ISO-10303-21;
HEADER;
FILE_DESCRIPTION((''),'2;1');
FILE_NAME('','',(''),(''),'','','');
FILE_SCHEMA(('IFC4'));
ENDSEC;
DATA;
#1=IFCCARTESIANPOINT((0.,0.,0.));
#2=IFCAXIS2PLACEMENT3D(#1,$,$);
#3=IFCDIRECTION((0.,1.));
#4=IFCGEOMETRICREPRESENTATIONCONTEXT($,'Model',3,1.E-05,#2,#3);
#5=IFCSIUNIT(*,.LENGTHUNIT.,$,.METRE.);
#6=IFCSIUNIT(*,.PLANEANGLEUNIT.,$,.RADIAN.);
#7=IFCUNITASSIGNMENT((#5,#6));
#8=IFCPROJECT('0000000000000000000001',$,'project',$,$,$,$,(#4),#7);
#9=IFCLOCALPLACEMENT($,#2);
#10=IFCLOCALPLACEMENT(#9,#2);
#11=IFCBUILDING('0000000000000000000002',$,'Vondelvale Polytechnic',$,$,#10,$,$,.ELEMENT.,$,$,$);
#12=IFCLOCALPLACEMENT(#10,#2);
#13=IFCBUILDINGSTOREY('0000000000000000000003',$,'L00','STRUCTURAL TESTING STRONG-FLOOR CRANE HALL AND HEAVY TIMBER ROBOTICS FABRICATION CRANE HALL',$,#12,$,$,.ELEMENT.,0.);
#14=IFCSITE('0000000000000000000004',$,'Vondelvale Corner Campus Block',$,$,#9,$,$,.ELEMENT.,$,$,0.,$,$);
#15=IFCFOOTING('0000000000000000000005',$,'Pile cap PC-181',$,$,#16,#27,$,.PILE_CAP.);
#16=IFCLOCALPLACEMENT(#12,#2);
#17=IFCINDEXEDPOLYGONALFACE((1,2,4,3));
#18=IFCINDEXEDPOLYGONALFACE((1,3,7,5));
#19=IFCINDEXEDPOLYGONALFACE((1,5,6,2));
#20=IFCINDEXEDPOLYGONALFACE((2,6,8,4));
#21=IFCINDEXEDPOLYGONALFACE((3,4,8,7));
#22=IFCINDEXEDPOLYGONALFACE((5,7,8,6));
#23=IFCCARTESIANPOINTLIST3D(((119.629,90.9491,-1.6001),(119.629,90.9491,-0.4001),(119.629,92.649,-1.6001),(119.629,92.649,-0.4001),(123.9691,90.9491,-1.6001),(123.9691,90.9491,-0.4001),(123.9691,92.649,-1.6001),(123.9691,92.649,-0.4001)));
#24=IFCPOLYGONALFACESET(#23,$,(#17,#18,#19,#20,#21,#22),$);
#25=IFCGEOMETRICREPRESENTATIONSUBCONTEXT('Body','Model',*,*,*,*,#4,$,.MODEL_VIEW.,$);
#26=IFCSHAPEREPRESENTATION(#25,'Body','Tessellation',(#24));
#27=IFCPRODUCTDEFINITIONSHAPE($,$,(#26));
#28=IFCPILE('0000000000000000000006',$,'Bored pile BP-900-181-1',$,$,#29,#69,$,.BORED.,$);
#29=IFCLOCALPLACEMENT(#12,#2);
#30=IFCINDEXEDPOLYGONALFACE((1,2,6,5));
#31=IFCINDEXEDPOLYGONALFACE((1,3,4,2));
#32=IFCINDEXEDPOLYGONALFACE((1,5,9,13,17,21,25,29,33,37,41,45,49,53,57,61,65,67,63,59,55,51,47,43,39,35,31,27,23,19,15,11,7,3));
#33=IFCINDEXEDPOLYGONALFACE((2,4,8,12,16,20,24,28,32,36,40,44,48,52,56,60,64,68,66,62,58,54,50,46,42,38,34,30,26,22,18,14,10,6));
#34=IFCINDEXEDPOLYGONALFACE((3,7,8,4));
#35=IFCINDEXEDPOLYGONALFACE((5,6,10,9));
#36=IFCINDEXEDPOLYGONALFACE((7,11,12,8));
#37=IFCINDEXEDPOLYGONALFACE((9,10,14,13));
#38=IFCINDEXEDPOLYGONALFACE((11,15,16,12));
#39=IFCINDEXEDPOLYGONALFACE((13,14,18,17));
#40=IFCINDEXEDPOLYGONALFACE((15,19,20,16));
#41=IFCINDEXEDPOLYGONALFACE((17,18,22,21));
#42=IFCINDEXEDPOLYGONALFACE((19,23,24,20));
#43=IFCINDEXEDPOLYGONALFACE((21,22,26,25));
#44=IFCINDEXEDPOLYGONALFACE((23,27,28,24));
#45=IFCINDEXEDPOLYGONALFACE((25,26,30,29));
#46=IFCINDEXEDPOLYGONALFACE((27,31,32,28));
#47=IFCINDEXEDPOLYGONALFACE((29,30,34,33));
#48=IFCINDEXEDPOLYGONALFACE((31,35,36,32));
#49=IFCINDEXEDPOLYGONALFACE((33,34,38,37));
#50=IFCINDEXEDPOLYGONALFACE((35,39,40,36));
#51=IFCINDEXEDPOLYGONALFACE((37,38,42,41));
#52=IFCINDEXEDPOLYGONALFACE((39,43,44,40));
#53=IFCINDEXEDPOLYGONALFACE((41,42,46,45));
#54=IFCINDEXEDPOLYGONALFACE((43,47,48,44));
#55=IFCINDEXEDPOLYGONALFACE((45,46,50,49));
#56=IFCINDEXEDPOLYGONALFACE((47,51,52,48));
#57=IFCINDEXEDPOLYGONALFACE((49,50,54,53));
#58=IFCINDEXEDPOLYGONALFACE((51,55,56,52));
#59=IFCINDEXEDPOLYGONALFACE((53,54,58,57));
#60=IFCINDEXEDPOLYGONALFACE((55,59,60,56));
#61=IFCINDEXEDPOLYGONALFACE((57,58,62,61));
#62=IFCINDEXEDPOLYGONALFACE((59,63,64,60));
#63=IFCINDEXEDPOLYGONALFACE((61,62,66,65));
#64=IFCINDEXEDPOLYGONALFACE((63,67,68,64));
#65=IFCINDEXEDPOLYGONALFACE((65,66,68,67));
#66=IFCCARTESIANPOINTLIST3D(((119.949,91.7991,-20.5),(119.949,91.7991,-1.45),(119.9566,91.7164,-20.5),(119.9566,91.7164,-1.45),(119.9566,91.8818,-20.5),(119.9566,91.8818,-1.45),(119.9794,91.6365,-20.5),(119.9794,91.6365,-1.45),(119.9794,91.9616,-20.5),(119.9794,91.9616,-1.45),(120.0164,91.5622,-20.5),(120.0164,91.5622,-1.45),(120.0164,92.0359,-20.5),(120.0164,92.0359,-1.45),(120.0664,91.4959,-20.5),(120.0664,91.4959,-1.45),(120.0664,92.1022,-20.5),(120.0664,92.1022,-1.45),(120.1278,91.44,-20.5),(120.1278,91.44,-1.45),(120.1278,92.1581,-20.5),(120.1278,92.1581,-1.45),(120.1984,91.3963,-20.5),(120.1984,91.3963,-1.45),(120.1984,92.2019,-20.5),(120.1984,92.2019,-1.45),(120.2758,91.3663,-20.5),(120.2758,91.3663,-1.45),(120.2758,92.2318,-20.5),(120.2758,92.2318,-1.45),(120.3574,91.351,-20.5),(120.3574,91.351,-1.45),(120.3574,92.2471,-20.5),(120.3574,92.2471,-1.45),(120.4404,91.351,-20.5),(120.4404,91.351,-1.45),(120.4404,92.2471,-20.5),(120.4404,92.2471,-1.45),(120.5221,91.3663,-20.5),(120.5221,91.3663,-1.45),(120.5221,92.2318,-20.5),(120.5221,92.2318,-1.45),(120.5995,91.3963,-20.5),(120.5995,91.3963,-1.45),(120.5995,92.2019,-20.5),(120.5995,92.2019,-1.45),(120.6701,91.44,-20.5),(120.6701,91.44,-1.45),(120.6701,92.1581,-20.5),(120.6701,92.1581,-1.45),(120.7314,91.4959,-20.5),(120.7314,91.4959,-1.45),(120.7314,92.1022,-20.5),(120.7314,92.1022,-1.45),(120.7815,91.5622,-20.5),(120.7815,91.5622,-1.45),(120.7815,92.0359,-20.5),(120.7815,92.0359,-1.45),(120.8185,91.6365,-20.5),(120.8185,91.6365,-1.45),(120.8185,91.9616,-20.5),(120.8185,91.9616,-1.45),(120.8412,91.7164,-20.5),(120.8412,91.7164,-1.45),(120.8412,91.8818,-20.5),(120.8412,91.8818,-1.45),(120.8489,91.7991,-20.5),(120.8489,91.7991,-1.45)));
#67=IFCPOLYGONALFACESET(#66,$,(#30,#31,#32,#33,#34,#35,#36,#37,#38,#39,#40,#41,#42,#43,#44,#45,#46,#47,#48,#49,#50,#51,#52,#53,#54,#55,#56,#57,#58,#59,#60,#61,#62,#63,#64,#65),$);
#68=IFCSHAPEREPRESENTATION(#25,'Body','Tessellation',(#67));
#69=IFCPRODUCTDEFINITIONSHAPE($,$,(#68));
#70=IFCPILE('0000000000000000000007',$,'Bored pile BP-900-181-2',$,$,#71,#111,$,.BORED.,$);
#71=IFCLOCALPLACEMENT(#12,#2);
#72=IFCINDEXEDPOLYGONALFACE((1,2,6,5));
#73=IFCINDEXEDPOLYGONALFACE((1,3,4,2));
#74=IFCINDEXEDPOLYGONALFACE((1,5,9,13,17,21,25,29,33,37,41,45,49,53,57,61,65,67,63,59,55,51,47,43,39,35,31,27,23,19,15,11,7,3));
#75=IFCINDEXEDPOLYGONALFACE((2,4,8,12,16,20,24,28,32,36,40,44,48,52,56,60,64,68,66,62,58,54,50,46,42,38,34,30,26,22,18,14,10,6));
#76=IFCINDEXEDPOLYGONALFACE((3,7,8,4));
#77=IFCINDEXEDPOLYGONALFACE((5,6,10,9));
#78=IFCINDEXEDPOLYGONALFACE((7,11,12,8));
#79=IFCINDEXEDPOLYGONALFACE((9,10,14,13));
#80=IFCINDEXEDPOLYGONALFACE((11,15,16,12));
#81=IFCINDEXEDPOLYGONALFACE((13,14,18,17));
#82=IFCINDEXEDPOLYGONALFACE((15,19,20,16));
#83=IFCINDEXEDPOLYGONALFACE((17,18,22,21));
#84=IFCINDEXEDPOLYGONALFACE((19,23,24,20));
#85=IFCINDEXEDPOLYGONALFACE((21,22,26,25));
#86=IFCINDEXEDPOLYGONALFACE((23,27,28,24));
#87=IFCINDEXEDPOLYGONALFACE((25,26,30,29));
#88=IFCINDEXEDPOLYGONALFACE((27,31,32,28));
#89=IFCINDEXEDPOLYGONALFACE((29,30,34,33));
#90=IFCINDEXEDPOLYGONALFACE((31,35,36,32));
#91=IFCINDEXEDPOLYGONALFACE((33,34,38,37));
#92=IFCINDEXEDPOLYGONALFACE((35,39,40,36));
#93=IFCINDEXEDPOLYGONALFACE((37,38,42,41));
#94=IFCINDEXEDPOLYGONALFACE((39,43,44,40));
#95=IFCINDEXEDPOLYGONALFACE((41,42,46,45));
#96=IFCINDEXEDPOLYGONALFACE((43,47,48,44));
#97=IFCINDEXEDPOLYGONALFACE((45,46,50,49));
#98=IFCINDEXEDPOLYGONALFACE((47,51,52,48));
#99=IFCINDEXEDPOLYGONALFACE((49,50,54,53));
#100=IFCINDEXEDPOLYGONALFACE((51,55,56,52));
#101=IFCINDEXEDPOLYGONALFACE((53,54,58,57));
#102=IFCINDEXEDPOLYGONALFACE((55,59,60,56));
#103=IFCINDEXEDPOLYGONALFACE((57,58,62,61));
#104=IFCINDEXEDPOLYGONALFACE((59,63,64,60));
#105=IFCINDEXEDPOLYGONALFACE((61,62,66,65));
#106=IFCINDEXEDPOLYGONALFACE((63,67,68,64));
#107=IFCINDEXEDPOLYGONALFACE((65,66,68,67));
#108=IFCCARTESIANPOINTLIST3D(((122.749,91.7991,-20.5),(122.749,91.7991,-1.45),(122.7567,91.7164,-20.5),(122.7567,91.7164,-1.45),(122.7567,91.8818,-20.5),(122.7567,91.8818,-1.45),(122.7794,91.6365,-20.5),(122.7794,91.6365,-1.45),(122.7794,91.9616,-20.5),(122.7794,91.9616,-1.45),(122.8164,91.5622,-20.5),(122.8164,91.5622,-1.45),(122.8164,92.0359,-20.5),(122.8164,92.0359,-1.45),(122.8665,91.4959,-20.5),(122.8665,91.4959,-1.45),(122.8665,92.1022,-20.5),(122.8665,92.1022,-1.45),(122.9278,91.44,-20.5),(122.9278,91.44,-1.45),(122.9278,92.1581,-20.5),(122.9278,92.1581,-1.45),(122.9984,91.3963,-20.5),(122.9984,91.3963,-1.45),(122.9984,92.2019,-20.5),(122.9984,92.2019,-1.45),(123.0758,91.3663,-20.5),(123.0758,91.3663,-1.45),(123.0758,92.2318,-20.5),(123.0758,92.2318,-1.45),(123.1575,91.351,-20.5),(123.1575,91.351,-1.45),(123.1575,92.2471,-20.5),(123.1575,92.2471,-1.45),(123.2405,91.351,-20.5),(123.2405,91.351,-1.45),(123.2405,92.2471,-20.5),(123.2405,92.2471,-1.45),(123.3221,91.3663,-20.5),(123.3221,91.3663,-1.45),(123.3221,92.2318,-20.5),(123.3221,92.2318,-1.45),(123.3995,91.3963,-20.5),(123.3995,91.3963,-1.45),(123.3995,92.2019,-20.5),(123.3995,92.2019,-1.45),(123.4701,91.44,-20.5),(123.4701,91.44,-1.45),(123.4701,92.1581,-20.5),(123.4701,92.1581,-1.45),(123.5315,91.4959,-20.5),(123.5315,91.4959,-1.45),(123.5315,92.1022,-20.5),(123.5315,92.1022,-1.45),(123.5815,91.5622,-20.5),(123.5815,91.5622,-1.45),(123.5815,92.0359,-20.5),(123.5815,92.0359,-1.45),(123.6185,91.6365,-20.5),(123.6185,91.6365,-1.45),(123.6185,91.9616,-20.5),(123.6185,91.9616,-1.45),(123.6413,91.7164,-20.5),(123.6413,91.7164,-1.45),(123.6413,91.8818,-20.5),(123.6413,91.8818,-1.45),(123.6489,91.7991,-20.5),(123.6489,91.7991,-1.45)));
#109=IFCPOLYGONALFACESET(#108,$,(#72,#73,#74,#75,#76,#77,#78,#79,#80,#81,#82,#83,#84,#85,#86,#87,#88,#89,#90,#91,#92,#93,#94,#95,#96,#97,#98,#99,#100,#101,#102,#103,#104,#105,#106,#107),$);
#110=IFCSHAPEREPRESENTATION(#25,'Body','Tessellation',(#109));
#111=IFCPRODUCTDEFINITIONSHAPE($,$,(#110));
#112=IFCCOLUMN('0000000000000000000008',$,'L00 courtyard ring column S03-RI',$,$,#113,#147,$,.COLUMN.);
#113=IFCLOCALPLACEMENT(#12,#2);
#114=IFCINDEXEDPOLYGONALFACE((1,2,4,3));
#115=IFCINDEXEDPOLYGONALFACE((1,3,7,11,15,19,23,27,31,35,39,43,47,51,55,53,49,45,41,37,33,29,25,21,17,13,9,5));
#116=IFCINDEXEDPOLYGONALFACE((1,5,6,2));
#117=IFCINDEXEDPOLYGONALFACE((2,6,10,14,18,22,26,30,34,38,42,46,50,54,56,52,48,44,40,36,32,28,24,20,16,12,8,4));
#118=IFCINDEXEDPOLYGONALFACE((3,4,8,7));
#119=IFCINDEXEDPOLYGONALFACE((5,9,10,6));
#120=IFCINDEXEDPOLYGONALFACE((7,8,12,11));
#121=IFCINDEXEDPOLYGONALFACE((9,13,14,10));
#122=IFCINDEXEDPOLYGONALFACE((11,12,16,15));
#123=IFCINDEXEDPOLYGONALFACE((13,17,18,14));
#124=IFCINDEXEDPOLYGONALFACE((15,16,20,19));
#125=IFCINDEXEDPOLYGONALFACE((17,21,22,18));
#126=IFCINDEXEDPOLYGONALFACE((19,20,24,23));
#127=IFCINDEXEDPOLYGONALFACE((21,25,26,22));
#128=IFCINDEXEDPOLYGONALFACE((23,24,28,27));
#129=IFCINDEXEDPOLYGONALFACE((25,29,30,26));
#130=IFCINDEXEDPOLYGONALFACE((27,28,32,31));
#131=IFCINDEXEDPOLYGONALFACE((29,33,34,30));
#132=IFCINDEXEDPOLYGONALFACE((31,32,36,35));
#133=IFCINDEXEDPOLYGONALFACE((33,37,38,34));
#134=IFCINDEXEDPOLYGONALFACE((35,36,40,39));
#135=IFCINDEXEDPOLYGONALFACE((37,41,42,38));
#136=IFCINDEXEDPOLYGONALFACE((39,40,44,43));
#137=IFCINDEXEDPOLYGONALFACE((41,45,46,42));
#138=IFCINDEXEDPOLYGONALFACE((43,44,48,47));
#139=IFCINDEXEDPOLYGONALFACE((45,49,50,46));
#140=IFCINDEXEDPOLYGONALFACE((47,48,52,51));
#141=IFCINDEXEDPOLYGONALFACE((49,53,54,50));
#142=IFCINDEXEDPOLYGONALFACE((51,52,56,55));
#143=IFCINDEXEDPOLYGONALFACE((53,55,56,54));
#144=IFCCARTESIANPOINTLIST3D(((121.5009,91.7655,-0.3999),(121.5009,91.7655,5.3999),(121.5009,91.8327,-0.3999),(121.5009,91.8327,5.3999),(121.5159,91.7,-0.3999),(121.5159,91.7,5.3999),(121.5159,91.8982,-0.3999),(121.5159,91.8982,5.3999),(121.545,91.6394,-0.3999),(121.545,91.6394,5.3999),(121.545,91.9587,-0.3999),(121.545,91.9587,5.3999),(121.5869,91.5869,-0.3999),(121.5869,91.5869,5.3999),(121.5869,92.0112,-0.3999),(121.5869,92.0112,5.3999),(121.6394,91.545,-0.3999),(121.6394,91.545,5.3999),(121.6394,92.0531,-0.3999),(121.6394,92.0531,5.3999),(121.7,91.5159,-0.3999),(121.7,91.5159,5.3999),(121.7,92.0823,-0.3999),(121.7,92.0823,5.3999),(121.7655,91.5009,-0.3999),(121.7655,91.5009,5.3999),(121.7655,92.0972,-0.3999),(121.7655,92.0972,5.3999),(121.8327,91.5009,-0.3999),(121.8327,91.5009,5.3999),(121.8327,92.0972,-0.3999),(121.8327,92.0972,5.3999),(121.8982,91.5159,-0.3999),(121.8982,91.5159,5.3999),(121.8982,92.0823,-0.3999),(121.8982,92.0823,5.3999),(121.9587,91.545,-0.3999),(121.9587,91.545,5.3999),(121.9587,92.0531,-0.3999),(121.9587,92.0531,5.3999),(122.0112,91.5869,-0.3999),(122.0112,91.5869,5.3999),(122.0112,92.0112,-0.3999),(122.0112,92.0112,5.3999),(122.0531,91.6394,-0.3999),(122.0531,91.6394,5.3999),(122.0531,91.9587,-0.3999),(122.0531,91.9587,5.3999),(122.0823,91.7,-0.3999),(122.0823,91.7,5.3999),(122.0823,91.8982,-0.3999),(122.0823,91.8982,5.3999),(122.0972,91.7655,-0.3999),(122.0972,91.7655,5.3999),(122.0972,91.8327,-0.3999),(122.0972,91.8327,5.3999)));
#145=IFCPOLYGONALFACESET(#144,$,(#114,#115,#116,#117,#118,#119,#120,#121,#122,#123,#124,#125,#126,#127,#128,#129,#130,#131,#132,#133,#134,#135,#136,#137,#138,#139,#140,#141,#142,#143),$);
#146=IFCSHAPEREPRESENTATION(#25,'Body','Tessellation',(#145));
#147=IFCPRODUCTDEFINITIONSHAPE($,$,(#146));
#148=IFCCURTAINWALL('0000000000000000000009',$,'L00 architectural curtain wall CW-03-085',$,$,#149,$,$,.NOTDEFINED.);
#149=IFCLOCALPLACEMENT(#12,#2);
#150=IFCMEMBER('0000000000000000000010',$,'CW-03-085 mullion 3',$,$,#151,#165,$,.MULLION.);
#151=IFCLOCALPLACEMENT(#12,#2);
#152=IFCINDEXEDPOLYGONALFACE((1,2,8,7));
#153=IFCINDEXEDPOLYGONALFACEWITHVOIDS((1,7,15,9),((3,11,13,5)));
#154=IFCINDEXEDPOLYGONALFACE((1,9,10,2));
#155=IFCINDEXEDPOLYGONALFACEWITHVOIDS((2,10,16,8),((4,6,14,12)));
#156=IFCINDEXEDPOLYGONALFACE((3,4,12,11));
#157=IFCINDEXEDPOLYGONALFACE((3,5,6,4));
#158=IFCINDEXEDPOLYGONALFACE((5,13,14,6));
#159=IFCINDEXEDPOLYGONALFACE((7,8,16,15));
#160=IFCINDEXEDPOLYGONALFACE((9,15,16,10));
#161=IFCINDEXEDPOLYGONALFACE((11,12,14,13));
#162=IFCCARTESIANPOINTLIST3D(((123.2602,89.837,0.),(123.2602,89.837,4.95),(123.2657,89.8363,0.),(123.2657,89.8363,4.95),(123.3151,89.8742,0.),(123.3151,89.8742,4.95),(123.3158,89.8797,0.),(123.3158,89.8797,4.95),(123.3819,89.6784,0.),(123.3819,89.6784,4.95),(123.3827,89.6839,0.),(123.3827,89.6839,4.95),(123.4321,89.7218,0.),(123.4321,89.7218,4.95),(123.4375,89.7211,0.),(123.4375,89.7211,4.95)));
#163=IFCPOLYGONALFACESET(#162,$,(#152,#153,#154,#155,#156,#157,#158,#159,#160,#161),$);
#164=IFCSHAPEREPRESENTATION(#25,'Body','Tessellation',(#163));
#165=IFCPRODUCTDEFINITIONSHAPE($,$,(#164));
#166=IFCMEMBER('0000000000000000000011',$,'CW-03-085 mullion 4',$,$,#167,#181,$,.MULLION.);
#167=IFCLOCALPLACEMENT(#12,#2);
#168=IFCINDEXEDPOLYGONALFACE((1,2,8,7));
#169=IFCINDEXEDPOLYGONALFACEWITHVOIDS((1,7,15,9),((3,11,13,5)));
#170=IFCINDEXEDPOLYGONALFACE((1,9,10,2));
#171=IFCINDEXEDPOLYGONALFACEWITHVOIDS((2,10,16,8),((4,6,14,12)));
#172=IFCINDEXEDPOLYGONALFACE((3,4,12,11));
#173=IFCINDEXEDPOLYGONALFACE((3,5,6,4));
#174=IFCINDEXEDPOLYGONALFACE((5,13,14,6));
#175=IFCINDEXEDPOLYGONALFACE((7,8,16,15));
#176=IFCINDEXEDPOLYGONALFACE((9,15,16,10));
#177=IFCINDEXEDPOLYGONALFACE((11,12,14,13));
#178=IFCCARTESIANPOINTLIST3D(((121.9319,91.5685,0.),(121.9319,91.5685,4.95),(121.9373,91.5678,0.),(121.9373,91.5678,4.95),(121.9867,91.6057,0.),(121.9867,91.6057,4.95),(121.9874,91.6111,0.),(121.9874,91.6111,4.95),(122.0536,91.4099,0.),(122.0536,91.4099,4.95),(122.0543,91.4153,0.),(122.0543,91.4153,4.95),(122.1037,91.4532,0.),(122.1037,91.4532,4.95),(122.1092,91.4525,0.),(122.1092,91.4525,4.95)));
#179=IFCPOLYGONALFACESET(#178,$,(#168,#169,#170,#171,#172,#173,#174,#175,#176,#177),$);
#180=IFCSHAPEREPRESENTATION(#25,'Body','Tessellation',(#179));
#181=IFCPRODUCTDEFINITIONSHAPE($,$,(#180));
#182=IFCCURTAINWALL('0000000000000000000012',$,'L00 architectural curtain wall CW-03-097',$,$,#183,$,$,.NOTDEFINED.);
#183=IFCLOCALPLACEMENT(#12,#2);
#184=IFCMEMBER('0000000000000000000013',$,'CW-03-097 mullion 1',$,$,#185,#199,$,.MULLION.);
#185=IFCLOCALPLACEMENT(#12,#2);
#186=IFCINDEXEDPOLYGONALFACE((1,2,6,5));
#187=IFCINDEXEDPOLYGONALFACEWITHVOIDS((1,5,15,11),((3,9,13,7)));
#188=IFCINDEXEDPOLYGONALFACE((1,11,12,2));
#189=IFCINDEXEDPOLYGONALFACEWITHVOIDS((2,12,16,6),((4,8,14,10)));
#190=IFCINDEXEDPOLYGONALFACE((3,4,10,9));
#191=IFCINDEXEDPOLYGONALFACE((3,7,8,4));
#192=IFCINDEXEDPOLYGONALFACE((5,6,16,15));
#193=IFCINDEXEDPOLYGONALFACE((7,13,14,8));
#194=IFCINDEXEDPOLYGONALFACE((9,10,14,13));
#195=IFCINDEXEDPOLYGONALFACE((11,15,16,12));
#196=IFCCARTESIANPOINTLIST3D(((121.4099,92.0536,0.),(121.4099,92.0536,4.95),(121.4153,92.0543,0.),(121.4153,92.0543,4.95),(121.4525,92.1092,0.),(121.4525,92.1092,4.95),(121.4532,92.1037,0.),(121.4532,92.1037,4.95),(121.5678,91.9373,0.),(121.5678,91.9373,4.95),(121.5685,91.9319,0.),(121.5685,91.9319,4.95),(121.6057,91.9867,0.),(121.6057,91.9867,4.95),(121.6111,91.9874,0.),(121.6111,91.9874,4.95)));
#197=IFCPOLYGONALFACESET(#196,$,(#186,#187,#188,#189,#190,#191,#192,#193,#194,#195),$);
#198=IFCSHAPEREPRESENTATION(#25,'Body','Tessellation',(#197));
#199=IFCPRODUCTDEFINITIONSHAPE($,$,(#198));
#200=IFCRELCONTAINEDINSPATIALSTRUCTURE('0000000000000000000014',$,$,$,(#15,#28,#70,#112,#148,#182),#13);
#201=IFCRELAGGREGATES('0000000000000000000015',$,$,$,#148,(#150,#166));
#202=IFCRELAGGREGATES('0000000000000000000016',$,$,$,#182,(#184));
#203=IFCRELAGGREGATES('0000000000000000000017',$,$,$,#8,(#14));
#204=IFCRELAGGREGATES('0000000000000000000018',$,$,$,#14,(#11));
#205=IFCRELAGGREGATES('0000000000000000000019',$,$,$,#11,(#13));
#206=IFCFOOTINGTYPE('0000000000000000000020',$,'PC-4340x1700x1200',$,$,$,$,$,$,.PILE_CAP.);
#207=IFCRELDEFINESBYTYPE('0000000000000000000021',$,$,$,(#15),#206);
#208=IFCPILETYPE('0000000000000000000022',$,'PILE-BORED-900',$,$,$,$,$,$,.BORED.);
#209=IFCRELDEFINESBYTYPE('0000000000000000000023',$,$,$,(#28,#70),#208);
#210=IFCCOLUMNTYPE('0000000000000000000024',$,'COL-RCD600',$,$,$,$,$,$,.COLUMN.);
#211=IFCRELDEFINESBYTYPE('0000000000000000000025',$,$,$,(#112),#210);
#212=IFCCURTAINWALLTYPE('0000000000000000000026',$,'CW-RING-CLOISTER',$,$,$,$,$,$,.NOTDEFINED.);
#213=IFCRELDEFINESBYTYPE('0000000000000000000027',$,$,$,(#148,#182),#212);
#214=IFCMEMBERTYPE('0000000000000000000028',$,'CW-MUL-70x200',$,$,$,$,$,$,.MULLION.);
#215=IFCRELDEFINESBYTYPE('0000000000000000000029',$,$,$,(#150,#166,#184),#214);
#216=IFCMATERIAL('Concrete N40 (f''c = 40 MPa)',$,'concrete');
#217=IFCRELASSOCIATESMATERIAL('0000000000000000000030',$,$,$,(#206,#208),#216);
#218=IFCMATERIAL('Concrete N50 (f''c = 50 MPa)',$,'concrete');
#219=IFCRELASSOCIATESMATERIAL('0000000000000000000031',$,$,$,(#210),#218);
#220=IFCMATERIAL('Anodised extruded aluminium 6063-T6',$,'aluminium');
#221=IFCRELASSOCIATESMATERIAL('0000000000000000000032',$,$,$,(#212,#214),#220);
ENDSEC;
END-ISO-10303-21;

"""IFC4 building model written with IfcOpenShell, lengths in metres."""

from ifc_helpers import new_model, si_unit, direction, frame, origin, origin_2d, place, context, subcontext, project, spatial, rectangle, hollow_rectangle, circle, extrude, material, material_profile, profile_set, type_object, element, aggregate, save


model = new_model("IFC4")

# Units and contexts
model_context = context("Model", 3, precision=1e-05, world=origin(), true_north=direction((0.0, 1.0)))
body_context = subcontext(model_context, "Body", "Model", "MODEL_VIEW")
ifc_project = project(units=[si_unit("LENGTHUNIT", "METRE"), si_unit("PLANEANGLEUNIT", "RADIAN")], contexts=[model_context])

# Site, building, storey
site_placement = place(None, origin())
site = spatial("IfcSite", under=ifc_project, at=site_placement, Name="Vondelvale Corner Campus Block", CompositionType="ELEMENT", RefElevation=0.0)
building_placement = place(site_placement, origin())
building = spatial("IfcBuilding", under=site, at=building_placement, Name="Vondelvale Polytechnic", CompositionType="ELEMENT")
storey_placement = place(building_placement, origin())
storey = spatial("IfcBuildingStorey", under=building, at=storey_placement, Name="L00", Description="STRUCTURAL TESTING STRONG-FLOOR CRANE HALL AND HEAVY TIMBER ROBOTICS FABRICATION CRANE HALL", CompositionType="ELEMENT", Elevation=0.0)

# Footing
ifc_material_1 = material(Name="Concrete N40 (f'c = 40 MPa)", Category="concrete")
footing_type = type_object("IfcFootingType", Name="PC-4340x1700x1200", PredefinedType="PILE_CAP", material=ifc_material_1)
footing_placement = place(storey_placement, frame((121.7991, 91.7991, -1.6001), z_axis=(0.0, 0.0, 1.0), x_axis=(1.0, 0.0, 0.0)))
element("IfcFooting", 1, at=footing_placement, inside=storey, type_object=footing_type, Name="Pile cap PC-181", PredefinedType="PILE_CAP", context=body_context, shape_type="SweptSolid", body=[
    extrude(rectangle(XDim=4.3401, YDim=1.7, at=origin_2d()), origin(), (0.0, 0.0, 1.0), 1.2),
])

# Piles
ifc_material_profile_1 = material_profile(ifc_material_1, circle(Radius=0.45, at=origin_2d()), Name="PILE-D900")
ifc_profile_set_1 = profile_set([ifc_material_profile_1], Name="Concrete N40 (f'c = 40 MPa)")
pile_type = type_object("IfcPileType", Name="PILE-BORED-900", PredefinedType="BORED", material=ifc_profile_set_1)
for number, where, z_axis, x_axis, name in (
    (2, (120.3989, 91.7991, -1.45), (0.0, 0.0, -1.0), (1.0, 0.0, 0.0), "Bored pile BP-900-181-1"),
    (3, (123.199, 91.7991, -1.45), (0.0, 0.0, -1.0), (1.0, 0.0, 0.0), "Bored pile BP-900-181-2"),
):
    element("IfcPile", number, at=place(storey_placement, frame(where, z_axis=z_axis, x_axis=x_axis)), inside=storey, type_object=pile_type, Name=name, PredefinedType="BORED", context=body_context, shape_type="SweptSolid", body=[
        extrude(circle(Radius=0.45, at=origin_2d()), origin(), (0.0, 0.0, 1.0), 19.05),
    ])

# Column
ifc_material_2 = material(Name="Concrete N50 (f'c = 50 MPa)", Category="concrete")
ifc_material_profile_2 = material_profile(ifc_material_2, circle(Radius=0.3, at=origin_2d()), Name="RC-COL-D600")
ifc_profile_set_2 = profile_set([ifc_material_profile_2], Name="Concrete N50 (f'c = 50 MPa)")
column_type = type_object("IfcColumnType", Name="COL-RCD600", PredefinedType="COLUMN", material=ifc_profile_set_2)
column_placement = place(storey_placement, frame((121.7991, 91.7991, -0.3999), z_axis=(0.0, 0.0, 1.0), x_axis=(0.707107, 0.707107, 0.0)))
element("IfcColumn", 4, at=column_placement, inside=storey, type_object=column_type, Name="L00 courtyard ring column S03-RI", PredefinedType="COLUMN", context=body_context, shape_type="SweptSolid", body=[
    extrude(circle(Radius=0.3, at=origin_2d()), origin(), (0.0, 0.0, 1.0), 5.7998),
])

# Curtain wall, members
ifc_material_3 = material(Name="Anodised extruded aluminium 6063-T6", Category="aluminium")
curtain_wall_type = type_object("IfcCurtainWallType", Name="CW-RING-CLOISTER", PredefinedType="NOTDEFINED", material=ifc_material_3)
curtain_wall_1_placement = place(storey_placement, origin())
curtain_wall_1 = element("IfcCurtainWall", 5, at=curtain_wall_1_placement, inside=storey, type_object=curtain_wall_type, Name="L00 architectural curtain wall CW-03-085", PredefinedType="NOTDEFINED")
ifc_material_profile_3 = material_profile(ifc_material_3, hollow_rectangle(XDim=0.0701, YDim=0.2, WallThickness=0.0039, at=origin_2d()), Name="CW-MUL-200x70")
ifc_profile_set_3 = profile_set([ifc_material_profile_3], Name="Anodised extruded aluminium 6063-T6")
member_type_1 = type_object("IfcMemberType", Name="CW-MUL-70x200", PredefinedType="MULLION", material=ifc_profile_set_3)
member_1_placement = place(storey_placement, frame((123.3489, 89.7791, 0.0), z_axis=(0.0, 0.0, 1.0), x_axis=(-0.793364, -0.608748, 0.0)))
member_1 = element("IfcMember", 6, at=member_1_placement, type_object=member_type_1, Name="CW-03-085 mullion 3", PredefinedType="MULLION", context=body_context, shape_type="SweptSolid", body=[
    extrude(hollow_rectangle(XDim=0.0701, YDim=0.2, WallThickness=0.0039, at=origin_2d()), origin(), (0.0, 0.0, 1.0), 4.95),
])
member_2_placement = place(storey_placement, frame((122.0205, 91.5105, 0.0), z_axis=(0.0, 0.0, 1.0), x_axis=(-0.793364, -0.608748, 0.0)))
member_2 = element("IfcMember", 7, at=member_2_placement, type_object=member_type_1, Name="CW-03-085 mullion 4", PredefinedType="MULLION", context=body_context, shape_type="SweptSolid", body=[
    extrude(hollow_rectangle(XDim=0.0701, YDim=0.2, WallThickness=0.0039, at=origin_2d()), origin(), (0.0, 0.0, 1.0), 4.95),
])

# Curtain wall, member
curtain_wall_2_placement = place(storey_placement, origin())
curtain_wall_2 = element("IfcCurtainWall", 8, at=curtain_wall_2_placement, inside=storey, type_object=curtain_wall_type, Name="L00 architectural curtain wall CW-03-097", PredefinedType="NOTDEFINED")
member_3_placement = place(storey_placement, frame((121.5105, 92.0205, 0.0), z_axis=(0.0, 0.0, 1.0), x_axis=(-0.608748, -0.793364, 0.0)))
member_3 = element("IfcMember", 9, at=member_3_placement, type_object=member_type_1, Name="CW-03-097 mullion 1", PredefinedType="MULLION", context=body_context, shape_type="SweptSolid", body=[
    extrude(hollow_rectangle(XDim=0.0701, YDim=0.2, WallThickness=0.0039, at=origin_2d()), origin(), (0.0, 0.0, 1.0), 4.95),
])

aggregate(curtain_wall_1, [member_1, member_2])
aggregate(curtain_wall_2, [member_3])

save(model, "model.ifc")
